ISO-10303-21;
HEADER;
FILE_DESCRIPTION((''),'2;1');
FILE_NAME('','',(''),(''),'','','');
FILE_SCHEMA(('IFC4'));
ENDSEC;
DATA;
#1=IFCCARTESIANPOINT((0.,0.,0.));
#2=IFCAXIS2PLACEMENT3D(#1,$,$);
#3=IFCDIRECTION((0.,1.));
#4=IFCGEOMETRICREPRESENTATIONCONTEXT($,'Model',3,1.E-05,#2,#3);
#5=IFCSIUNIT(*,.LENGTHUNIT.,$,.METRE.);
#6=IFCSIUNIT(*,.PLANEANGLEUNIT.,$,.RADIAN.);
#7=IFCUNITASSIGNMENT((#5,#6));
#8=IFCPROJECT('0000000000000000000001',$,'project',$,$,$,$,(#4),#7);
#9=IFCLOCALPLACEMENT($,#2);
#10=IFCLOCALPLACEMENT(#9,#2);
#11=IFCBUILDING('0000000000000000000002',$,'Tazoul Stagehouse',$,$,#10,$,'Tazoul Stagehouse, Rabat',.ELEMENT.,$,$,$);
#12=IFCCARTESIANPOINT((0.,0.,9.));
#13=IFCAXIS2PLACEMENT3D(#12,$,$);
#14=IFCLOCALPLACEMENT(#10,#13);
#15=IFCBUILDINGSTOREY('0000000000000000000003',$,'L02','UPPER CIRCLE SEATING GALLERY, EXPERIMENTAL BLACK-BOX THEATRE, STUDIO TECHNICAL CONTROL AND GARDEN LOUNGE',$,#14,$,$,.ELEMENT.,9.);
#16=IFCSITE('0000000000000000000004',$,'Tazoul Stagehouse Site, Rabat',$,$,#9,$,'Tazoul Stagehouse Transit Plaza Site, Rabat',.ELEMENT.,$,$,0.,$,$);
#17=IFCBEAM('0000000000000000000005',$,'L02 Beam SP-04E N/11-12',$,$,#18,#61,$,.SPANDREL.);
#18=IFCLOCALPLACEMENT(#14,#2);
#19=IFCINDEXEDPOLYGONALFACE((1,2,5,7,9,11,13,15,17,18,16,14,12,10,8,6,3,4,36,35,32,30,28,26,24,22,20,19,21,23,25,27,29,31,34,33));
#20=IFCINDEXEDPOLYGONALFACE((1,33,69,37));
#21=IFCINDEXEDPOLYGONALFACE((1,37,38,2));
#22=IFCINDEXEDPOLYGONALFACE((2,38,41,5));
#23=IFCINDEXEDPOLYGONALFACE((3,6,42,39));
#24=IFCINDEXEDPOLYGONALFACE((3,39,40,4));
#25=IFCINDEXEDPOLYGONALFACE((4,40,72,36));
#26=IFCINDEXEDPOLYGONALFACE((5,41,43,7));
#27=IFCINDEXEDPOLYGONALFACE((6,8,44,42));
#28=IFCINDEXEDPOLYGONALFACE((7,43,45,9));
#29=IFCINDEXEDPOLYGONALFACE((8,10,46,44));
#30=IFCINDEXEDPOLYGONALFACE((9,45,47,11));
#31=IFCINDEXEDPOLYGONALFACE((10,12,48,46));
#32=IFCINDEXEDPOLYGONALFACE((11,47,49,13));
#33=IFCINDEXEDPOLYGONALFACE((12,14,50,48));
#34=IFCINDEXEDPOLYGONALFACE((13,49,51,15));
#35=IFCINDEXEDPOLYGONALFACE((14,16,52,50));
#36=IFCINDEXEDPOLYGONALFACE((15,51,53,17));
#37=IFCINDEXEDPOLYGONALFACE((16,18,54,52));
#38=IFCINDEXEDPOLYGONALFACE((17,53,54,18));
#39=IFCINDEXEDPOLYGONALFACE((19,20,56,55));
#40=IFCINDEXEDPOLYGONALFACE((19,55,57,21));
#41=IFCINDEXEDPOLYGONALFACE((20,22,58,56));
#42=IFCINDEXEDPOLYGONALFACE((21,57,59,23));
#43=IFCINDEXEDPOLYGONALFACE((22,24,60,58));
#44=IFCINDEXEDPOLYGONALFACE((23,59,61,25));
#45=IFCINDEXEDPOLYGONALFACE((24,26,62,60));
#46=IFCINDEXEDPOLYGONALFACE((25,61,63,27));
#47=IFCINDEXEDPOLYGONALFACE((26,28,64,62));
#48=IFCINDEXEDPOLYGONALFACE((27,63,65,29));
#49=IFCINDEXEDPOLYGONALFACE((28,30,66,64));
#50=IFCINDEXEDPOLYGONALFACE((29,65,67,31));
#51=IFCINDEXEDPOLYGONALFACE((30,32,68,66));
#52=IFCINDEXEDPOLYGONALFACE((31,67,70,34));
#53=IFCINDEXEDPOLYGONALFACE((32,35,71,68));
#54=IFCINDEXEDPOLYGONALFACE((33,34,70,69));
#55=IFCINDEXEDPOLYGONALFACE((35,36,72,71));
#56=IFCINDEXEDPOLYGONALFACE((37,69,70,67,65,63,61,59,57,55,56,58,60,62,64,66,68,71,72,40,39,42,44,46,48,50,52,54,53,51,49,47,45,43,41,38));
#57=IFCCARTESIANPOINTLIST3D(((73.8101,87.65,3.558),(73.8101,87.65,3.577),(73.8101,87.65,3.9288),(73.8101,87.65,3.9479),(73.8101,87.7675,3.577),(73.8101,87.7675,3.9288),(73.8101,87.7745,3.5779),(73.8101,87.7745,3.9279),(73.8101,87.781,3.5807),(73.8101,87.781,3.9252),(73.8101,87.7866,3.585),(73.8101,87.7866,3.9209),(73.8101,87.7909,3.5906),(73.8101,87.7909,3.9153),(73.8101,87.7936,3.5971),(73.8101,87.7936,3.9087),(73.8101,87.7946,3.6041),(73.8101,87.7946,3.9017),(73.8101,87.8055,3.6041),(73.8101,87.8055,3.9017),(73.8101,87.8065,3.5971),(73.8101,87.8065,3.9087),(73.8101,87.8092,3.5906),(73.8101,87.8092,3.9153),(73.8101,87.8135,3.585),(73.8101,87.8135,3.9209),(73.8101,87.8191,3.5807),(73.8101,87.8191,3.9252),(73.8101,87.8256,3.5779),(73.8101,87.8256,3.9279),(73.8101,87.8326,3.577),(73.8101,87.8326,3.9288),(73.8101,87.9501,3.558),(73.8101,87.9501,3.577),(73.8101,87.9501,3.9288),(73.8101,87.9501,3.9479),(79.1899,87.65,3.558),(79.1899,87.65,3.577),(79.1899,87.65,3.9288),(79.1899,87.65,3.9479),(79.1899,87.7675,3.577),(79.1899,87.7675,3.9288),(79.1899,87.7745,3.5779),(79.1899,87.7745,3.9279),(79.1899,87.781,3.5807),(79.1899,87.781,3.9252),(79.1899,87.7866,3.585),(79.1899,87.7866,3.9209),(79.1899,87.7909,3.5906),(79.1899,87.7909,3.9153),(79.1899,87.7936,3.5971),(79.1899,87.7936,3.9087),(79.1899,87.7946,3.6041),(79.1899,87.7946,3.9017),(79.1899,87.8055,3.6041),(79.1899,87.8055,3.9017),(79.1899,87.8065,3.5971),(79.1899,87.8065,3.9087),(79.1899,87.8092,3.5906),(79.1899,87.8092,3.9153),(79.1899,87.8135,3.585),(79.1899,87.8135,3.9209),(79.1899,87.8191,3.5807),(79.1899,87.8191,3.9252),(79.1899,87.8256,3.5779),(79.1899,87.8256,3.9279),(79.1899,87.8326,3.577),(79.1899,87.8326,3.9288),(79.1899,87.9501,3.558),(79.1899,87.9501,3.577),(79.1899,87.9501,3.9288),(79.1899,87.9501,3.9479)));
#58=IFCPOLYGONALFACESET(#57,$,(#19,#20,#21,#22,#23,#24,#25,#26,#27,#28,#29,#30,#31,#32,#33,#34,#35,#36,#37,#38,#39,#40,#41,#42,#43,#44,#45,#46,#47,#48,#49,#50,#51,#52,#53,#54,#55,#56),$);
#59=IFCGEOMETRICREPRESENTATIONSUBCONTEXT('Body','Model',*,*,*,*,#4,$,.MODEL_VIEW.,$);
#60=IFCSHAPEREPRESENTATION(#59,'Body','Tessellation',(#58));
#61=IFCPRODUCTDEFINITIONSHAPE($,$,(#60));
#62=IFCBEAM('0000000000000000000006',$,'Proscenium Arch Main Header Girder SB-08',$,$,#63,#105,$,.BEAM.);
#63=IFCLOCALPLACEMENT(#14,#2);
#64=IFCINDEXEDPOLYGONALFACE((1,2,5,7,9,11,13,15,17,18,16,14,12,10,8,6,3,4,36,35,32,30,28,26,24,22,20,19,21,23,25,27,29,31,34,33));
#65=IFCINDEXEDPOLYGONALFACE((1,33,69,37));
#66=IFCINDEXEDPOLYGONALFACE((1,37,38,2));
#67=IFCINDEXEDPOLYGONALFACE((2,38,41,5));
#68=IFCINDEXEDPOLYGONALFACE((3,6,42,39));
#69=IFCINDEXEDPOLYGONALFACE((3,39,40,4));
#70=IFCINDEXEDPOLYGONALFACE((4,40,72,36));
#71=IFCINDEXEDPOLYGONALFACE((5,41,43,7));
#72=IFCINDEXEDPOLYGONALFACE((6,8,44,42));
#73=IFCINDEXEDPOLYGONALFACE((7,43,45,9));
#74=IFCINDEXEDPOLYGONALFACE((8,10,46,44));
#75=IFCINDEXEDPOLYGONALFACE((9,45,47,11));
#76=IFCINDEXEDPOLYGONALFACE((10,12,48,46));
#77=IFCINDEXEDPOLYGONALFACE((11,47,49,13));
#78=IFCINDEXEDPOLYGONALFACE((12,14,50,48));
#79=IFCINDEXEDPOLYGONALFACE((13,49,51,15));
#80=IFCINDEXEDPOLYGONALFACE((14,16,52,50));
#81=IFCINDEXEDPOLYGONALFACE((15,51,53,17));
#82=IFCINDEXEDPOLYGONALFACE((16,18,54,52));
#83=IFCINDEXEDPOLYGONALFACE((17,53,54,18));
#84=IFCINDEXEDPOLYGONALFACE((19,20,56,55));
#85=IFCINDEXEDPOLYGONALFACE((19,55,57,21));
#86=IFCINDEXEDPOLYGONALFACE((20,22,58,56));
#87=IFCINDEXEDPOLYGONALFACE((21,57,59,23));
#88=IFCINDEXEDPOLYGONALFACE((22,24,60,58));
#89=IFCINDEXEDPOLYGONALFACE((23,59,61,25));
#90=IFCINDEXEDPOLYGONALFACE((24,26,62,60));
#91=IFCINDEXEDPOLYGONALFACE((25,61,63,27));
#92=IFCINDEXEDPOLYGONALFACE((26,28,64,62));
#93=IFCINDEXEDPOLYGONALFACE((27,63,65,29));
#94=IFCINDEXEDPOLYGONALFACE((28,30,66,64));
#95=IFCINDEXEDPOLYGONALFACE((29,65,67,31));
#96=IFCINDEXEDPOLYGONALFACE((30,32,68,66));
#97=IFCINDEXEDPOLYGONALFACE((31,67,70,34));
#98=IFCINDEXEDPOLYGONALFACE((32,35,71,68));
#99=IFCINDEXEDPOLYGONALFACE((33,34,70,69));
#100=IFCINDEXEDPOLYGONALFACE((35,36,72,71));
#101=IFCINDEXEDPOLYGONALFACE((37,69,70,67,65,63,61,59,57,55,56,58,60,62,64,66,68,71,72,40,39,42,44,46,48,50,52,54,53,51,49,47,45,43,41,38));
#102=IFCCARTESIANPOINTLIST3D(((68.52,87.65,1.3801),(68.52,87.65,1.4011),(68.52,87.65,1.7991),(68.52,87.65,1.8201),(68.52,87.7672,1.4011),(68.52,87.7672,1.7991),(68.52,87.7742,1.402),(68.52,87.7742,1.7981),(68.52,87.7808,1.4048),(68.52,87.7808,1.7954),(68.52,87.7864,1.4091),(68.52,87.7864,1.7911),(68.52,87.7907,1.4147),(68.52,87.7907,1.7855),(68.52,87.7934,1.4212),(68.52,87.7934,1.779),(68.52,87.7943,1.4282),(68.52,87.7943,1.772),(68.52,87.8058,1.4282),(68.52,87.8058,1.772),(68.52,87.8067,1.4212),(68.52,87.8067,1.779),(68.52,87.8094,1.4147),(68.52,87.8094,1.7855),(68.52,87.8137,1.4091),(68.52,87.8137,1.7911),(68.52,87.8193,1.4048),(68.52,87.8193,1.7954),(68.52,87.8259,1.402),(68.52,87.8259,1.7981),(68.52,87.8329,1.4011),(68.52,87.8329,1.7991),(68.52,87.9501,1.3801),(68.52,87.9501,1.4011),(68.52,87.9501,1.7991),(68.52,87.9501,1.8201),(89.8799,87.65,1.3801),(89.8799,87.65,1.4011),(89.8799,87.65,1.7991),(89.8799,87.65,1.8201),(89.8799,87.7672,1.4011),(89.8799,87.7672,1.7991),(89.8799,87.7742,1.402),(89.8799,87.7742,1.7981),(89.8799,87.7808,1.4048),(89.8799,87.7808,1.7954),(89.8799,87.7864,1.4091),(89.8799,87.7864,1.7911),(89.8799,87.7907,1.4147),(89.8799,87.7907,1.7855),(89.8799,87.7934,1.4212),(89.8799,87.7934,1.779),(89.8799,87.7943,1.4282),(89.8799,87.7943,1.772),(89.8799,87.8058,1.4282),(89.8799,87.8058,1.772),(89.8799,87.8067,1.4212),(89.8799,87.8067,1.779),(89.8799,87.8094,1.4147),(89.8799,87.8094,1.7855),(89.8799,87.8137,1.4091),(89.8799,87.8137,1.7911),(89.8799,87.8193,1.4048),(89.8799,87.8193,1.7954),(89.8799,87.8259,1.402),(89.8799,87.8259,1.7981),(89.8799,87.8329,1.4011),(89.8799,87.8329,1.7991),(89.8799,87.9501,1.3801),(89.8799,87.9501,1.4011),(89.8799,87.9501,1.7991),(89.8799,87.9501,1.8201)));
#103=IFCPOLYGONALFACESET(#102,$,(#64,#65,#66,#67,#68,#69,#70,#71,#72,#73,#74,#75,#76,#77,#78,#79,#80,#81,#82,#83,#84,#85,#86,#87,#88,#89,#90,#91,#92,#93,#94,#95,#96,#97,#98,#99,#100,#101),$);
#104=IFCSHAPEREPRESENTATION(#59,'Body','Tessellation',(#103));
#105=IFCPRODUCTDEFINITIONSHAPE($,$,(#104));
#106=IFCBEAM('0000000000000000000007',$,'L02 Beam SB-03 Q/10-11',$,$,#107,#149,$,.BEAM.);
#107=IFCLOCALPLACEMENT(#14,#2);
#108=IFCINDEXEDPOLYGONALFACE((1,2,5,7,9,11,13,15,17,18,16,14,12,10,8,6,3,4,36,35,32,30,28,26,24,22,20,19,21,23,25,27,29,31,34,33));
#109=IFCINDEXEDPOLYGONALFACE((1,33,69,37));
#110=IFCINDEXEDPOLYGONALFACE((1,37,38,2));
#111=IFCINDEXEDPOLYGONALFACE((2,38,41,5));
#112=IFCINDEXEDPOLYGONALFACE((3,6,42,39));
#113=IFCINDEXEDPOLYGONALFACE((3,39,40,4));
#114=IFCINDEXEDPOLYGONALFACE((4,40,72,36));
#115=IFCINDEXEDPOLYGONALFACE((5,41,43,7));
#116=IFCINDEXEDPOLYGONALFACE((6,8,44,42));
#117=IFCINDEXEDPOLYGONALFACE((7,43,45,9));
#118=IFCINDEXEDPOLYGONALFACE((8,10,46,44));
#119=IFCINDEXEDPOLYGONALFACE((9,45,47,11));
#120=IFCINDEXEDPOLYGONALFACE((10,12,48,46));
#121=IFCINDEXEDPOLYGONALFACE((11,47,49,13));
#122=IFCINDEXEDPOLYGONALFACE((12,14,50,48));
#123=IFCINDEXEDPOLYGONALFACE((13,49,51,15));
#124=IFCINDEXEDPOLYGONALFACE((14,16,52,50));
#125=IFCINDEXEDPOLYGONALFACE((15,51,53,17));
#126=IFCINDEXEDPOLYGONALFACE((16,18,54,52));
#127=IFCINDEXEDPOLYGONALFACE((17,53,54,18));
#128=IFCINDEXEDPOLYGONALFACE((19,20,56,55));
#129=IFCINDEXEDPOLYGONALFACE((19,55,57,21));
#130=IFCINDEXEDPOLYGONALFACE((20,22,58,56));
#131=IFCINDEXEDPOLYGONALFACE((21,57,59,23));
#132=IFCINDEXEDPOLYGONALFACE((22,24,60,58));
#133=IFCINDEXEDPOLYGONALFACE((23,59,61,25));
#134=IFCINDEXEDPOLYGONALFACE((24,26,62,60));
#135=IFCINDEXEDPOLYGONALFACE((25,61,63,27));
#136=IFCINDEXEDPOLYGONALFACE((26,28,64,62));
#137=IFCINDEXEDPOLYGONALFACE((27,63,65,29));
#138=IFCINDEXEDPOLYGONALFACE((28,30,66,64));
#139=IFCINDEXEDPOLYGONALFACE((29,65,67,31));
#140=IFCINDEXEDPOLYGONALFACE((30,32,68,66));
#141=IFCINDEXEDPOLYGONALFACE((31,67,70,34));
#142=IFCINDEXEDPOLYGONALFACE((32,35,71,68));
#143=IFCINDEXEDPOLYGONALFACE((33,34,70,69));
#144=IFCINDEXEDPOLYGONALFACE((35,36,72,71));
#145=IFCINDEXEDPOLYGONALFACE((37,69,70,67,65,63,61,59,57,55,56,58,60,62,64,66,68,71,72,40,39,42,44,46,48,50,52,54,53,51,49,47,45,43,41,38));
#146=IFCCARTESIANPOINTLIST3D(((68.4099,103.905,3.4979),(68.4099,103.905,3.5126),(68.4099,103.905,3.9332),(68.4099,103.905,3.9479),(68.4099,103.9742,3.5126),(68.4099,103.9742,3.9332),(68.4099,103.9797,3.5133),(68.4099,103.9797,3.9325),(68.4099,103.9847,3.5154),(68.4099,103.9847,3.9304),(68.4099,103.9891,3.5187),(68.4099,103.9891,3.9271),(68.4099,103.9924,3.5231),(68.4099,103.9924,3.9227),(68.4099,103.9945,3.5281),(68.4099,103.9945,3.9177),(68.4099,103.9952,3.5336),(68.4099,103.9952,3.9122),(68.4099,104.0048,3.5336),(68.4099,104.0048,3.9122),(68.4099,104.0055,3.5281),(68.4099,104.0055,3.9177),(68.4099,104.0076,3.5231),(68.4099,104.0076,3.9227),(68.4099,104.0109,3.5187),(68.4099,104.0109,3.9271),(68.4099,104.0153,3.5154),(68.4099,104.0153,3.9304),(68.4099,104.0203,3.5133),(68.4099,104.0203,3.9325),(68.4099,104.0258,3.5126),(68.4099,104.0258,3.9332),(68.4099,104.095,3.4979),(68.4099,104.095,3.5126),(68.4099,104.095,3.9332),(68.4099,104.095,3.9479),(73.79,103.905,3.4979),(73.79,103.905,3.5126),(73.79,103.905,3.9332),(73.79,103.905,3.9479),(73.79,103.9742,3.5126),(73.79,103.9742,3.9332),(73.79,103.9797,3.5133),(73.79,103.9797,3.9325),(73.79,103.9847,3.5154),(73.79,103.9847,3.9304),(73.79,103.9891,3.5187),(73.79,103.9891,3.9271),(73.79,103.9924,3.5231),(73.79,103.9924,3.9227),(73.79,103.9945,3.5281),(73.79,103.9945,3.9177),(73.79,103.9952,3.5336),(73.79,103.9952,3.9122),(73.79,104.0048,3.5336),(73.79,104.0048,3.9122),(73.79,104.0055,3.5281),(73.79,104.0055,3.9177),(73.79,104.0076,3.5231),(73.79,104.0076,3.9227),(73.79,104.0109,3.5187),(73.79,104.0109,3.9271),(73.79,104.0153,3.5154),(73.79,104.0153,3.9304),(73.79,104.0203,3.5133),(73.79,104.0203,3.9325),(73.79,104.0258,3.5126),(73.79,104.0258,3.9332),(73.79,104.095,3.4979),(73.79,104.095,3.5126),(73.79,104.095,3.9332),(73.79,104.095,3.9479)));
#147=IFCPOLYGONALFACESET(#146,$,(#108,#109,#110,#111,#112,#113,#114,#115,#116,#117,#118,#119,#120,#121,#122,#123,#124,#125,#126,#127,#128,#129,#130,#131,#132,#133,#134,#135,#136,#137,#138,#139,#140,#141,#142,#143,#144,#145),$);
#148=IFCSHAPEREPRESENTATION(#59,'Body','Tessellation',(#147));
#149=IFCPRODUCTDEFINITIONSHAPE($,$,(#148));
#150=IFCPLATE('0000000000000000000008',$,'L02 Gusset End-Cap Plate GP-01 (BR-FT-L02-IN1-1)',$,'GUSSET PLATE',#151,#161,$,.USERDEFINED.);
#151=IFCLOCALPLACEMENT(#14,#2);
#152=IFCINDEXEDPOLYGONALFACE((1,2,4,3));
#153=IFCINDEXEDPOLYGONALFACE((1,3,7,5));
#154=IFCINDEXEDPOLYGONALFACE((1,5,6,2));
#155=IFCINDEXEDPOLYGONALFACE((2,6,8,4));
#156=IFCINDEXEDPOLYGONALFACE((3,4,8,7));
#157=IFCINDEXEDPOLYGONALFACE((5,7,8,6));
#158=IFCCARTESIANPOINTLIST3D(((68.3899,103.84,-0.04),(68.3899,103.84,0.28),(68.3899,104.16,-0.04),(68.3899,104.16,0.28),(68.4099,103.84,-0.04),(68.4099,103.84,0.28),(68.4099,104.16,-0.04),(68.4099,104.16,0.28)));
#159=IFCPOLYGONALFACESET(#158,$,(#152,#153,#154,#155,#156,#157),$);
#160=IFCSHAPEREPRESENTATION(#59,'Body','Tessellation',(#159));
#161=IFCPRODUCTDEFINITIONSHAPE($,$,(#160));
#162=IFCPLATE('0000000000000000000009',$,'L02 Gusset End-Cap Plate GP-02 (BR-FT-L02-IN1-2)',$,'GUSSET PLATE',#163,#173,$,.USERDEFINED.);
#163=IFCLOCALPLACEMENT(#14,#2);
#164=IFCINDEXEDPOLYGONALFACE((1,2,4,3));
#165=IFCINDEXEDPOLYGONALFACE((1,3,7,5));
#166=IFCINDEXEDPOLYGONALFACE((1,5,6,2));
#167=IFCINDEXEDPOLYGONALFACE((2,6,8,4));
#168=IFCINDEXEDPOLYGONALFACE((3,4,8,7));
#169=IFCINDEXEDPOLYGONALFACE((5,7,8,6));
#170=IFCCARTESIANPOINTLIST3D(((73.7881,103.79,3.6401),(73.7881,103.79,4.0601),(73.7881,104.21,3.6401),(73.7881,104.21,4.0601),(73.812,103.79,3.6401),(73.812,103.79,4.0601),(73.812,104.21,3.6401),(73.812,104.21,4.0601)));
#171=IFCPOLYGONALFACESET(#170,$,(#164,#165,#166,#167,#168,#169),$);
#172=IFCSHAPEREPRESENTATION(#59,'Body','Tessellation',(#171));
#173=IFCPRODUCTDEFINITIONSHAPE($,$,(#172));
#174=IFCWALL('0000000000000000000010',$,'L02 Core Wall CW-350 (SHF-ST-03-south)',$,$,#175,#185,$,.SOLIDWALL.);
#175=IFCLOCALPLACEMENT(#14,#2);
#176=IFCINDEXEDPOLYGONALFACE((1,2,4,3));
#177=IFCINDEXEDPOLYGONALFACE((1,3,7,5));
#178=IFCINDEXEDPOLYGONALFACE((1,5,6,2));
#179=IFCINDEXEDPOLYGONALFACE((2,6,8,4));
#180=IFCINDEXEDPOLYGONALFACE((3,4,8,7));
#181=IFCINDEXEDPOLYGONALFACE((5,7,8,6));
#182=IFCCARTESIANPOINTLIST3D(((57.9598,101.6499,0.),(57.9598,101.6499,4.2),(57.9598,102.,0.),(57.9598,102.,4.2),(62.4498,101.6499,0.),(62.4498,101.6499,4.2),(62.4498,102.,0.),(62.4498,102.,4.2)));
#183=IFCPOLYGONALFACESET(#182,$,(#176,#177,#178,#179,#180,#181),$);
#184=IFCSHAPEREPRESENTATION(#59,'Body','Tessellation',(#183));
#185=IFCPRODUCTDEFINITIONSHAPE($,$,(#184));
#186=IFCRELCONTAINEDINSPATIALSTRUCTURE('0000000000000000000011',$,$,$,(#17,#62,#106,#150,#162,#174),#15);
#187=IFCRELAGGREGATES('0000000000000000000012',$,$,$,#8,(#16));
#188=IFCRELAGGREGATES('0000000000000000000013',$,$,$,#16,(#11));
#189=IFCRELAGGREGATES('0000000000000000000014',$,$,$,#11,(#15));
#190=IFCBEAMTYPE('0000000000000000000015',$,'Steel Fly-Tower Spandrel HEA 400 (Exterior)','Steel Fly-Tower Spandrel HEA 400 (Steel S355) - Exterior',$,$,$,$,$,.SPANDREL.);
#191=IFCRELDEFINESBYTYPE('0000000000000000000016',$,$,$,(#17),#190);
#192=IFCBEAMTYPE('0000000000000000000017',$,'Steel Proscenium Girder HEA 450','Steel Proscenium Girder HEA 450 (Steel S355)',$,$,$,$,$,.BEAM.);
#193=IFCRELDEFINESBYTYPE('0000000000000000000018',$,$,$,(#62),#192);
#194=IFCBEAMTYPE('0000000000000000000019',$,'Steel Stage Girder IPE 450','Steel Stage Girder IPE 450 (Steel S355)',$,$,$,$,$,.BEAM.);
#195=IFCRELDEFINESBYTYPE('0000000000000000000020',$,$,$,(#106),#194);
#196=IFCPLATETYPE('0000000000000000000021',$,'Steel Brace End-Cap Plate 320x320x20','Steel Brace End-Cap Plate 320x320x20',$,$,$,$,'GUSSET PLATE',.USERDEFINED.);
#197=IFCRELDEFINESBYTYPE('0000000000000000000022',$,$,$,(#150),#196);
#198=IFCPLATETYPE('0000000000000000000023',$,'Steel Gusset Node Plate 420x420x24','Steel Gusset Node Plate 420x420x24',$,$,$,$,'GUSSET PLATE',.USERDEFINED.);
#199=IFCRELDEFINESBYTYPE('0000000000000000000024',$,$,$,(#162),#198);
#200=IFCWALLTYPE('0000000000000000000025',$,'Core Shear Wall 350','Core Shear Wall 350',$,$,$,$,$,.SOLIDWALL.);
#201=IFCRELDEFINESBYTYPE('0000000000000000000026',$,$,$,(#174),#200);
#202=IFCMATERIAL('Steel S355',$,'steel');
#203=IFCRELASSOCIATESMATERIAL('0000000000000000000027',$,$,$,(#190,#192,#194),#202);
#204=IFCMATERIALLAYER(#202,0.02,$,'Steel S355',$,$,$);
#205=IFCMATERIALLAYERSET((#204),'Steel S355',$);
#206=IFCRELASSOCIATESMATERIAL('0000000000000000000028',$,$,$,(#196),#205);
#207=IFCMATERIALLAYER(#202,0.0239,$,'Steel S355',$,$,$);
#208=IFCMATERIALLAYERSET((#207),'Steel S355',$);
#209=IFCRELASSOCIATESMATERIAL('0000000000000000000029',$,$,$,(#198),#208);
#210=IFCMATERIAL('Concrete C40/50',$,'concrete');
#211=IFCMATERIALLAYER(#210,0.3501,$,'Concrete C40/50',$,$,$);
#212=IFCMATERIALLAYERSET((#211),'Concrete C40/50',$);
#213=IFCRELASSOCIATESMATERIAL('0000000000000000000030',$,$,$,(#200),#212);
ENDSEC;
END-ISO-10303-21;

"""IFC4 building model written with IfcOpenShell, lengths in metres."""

from ifc_helpers import new_model, si_unit, direction, frame, frame_2d, origin, origin_2d, place, context, subcontext, project, spatial, rectangle, i_section, extrude, material, layer, layer_set, material_profile, profile_set, type_object, element, save


model = new_model("IFC4")

# Units and contexts
model_context = context("Model", 3, precision=1e-05, world=origin(), true_north=direction((0.0, 1.0)))
body_context = subcontext(model_context, "Body", "Model", "MODEL_VIEW")
ifc_project = project(units=[si_unit("LENGTHUNIT", "METRE"), si_unit("PLANEANGLEUNIT", "RADIAN")], contexts=[model_context])

# Site, building, storey
site_placement = place(None, origin())
site = spatial("IfcSite", under=ifc_project, at=site_placement, Name="Tazoul Stagehouse Site, Rabat", LongName="Tazoul Stagehouse Transit Plaza Site, Rabat", CompositionType="ELEMENT", RefElevation=0.0)
building_placement = place(site_placement, origin())
building = spatial("IfcBuilding", under=site, at=building_placement, Name="Tazoul Stagehouse", LongName="Tazoul Stagehouse, Rabat", CompositionType="ELEMENT")
storey_placement = place(building_placement, frame((0.0, 0.0, 9.0)))
storey = spatial("IfcBuildingStorey", under=building, at=storey_placement, Name="L02", Description="UPPER CIRCLE SEATING GALLERY, EXPERIMENTAL BLACK-BOX THEATRE, STUDIO TECHNICAL CONTROL AND GARDEN LOUNGE", CompositionType="ELEMENT", Elevation=9.0)

# Shared definitions
ifc_material_1 = material(Name="Steel S355", Category="steel")

# Beams
ifc_material_profile_1 = material_profile(ifc_material_1, i_section(OverallWidth=0.3, OverallDepth=0.3899, WebThickness=0.011, FlangeThickness=0.019, FilletRadius=0.0271, at=origin_2d()), Name="HEA 400")
ifc_profile_set_1 = profile_set([ifc_material_profile_1], Name="Steel S355")
beam_type_1 = type_object("IfcBeamType", Name="Steel Fly-Tower Spandrel HEA 400 (Exterior)", Description="Steel Fly-Tower Spandrel HEA 400 (Steel S355) - Exterior", PredefinedType="SPANDREL", material=ifc_profile_set_1)
beam_1_placement = place(storey_placement, frame((73.8101, 87.8, 3.7529), z_axis=(1.0, 0.0, 0.0), x_axis=(0.0, 1.0, 0.0)))
element("IfcBeam", 1, at=beam_1_placement, inside=storey, type_object=beam_type_1, Name="L02 Beam SP-04E N/11-12", PredefinedType="SPANDREL", context=body_context, shape_type="SweptSolid", body=[
    extrude(i_section(OverallWidth=0.3, OverallDepth=0.3899, WebThickness=0.011, FlangeThickness=0.019, FilletRadius=0.0271, at=origin_2d()), origin(), (0.0, 0.0, 1.0), 5.3799),
])
ifc_material_profile_2 = material_profile(ifc_material_1, i_section(OverallWidth=0.3, OverallDepth=0.4399, WebThickness=0.0115, FlangeThickness=0.021, FilletRadius=0.0271, at=origin_2d()), Name="HEA 450")
ifc_profile_set_2 = profile_set([ifc_material_profile_2], Name="Steel S355")
beam_type_2 = type_object("IfcBeamType", Name="Steel Proscenium Girder HEA 450", Description="Steel Proscenium Girder HEA 450 (Steel S355)", PredefinedType="BEAM", material=ifc_profile_set_2)
beam_2_placement = place(storey_placement, frame((68.52, 87.8, 1.6001), z_axis=(1.0, 0.0, 0.0), x_axis=(0.0, 1.0, 0.0)))
element("IfcBeam", 2, at=beam_2_placement, inside=storey, type_object=beam_type_2, Name="Proscenium Arch Main Header Girder SB-08", PredefinedType="BEAM", context=body_context, shape_type="SweptSolid", body=[
    extrude(i_section(OverallWidth=0.3, OverallDepth=0.4399, WebThickness=0.0115, FlangeThickness=0.021, FilletRadius=0.0271, at=origin_2d()), origin(), (0.0, 0.0, 1.0), 21.3599),
])
ifc_material_profile_3 = material_profile(ifc_material_1, i_section(OverallWidth=0.1899, OverallDepth=0.45, WebThickness=0.0095, FlangeThickness=0.0146, FilletRadius=0.021, at=origin_2d()), Name="IPE 450")
ifc_profile_set_3 = profile_set([ifc_material_profile_3], Name="Steel S355")
beam_type_3 = type_object("IfcBeamType", Name="Steel Stage Girder IPE 450", Description="Steel Stage Girder IPE 450 (Steel S355)", PredefinedType="BEAM", material=ifc_profile_set_3)
beam_3_placement = place(storey_placement, frame((68.4099, 104.0, 3.7229), z_axis=(1.0, 0.0, 0.0), x_axis=(0.0, 1.0, 0.0)))
element("IfcBeam", 3, at=beam_3_placement, inside=storey, type_object=beam_type_3, Name="L02 Beam SB-03 Q/10-11", PredefinedType="BEAM", context=body_context, shape_type="SweptSolid", body=[
    extrude(i_section(OverallWidth=0.1899, OverallDepth=0.45, WebThickness=0.0095, FlangeThickness=0.0146, FilletRadius=0.021, at=origin_2d()), origin(), (0.0, 0.0, 1.0), 5.3801),
])

# Plates
ifc_layer_1 = layer(ifc_material_1, 0.02, Name="Steel S355")
ifc_layer_set_1 = layer_set([ifc_layer_1], Name="Steel S355")
plate_type_1 = type_object("IfcPlateType", Name="Steel Brace End-Cap Plate 320x320x20", Description="Steel Brace End-Cap Plate 320x320x20", ElementType="GUSSET PLATE", PredefinedType="USERDEFINED", material=ifc_layer_set_1)
plate_1_placement = place(storey_placement, frame((68.3999, 104.0, -0.04), z_axis=(0.0, 0.0, 1.0), x_axis=(1.0, 0.0, 0.0)))
element("IfcPlate", 4, at=plate_1_placement, inside=storey, type_object=plate_type_1, Name="L02 Gusset End-Cap Plate GP-01 (BR-FT-L02-IN1-1)", ObjectType="GUSSET PLATE", PredefinedType="USERDEFINED", context=body_context, shape_type="SweptSolid", body=[
    extrude(rectangle(XDim=0.02, YDim=0.3201, at=origin_2d()), origin(), (0.0, 0.0, 1.0), 0.3201),
])
ifc_layer_2 = layer(ifc_material_1, 0.0239, Name="Steel S355")
ifc_layer_set_2 = layer_set([ifc_layer_2], Name="Steel S355")
plate_type_2 = type_object("IfcPlateType", Name="Steel Gusset Node Plate 420x420x24", Description="Steel Gusset Node Plate 420x420x24", ElementType="GUSSET PLATE", PredefinedType="USERDEFINED", material=ifc_layer_set_2)
plate_2_placement = place(storey_placement, frame((73.8, 104.0, 3.6401), z_axis=(0.0, 0.0, 1.0), x_axis=(1.0, 0.0, 0.0)))
element("IfcPlate", 5, at=plate_2_placement, inside=storey, type_object=plate_type_2, Name="L02 Gusset End-Cap Plate GP-02 (BR-FT-L02-IN1-2)", ObjectType="GUSSET PLATE", PredefinedType="USERDEFINED", context=body_context, shape_type="SweptSolid", body=[
    extrude(rectangle(XDim=0.0239, YDim=0.4199, at=origin_2d()), origin(), (0.0, 0.0, 1.0), 0.4199),
])

# Wall
ifc_material_2 = material(Name="Concrete C40/50", Category="concrete")
ifc_layer_3 = layer(ifc_material_2, 0.3501, Name="Concrete C40/50")
ifc_layer_set_3 = layer_set([ifc_layer_3], Name="Concrete C40/50")
wall_type_1 = type_object("IfcWallType", Name="Core Shear Wall 350", Description="Core Shear Wall 350", PredefinedType="SOLIDWALL", material=ifc_layer_set_3)
wall_1_placement = place(storey_placement, frame((62.45, 101.825, 0.0), z_axis=(0.0, 0.0, 1.0), x_axis=(-1.0, 0.0, 0.0)))
element("IfcWall", 6, at=wall_1_placement, inside=storey, type_object=wall_type_1, Name="L02 Core Wall CW-350 (SHF-ST-03-south)", PredefinedType="SOLIDWALL", context=body_context, shape_type="SweptSolid", body=[
    extrude(rectangle(XDim=4.49, YDim=0.3501, at=frame_2d((2.2451, 0.0))), origin(), (0.0, 0.0, 1.0), 4.2),
])

save(model, "model.ifc")
